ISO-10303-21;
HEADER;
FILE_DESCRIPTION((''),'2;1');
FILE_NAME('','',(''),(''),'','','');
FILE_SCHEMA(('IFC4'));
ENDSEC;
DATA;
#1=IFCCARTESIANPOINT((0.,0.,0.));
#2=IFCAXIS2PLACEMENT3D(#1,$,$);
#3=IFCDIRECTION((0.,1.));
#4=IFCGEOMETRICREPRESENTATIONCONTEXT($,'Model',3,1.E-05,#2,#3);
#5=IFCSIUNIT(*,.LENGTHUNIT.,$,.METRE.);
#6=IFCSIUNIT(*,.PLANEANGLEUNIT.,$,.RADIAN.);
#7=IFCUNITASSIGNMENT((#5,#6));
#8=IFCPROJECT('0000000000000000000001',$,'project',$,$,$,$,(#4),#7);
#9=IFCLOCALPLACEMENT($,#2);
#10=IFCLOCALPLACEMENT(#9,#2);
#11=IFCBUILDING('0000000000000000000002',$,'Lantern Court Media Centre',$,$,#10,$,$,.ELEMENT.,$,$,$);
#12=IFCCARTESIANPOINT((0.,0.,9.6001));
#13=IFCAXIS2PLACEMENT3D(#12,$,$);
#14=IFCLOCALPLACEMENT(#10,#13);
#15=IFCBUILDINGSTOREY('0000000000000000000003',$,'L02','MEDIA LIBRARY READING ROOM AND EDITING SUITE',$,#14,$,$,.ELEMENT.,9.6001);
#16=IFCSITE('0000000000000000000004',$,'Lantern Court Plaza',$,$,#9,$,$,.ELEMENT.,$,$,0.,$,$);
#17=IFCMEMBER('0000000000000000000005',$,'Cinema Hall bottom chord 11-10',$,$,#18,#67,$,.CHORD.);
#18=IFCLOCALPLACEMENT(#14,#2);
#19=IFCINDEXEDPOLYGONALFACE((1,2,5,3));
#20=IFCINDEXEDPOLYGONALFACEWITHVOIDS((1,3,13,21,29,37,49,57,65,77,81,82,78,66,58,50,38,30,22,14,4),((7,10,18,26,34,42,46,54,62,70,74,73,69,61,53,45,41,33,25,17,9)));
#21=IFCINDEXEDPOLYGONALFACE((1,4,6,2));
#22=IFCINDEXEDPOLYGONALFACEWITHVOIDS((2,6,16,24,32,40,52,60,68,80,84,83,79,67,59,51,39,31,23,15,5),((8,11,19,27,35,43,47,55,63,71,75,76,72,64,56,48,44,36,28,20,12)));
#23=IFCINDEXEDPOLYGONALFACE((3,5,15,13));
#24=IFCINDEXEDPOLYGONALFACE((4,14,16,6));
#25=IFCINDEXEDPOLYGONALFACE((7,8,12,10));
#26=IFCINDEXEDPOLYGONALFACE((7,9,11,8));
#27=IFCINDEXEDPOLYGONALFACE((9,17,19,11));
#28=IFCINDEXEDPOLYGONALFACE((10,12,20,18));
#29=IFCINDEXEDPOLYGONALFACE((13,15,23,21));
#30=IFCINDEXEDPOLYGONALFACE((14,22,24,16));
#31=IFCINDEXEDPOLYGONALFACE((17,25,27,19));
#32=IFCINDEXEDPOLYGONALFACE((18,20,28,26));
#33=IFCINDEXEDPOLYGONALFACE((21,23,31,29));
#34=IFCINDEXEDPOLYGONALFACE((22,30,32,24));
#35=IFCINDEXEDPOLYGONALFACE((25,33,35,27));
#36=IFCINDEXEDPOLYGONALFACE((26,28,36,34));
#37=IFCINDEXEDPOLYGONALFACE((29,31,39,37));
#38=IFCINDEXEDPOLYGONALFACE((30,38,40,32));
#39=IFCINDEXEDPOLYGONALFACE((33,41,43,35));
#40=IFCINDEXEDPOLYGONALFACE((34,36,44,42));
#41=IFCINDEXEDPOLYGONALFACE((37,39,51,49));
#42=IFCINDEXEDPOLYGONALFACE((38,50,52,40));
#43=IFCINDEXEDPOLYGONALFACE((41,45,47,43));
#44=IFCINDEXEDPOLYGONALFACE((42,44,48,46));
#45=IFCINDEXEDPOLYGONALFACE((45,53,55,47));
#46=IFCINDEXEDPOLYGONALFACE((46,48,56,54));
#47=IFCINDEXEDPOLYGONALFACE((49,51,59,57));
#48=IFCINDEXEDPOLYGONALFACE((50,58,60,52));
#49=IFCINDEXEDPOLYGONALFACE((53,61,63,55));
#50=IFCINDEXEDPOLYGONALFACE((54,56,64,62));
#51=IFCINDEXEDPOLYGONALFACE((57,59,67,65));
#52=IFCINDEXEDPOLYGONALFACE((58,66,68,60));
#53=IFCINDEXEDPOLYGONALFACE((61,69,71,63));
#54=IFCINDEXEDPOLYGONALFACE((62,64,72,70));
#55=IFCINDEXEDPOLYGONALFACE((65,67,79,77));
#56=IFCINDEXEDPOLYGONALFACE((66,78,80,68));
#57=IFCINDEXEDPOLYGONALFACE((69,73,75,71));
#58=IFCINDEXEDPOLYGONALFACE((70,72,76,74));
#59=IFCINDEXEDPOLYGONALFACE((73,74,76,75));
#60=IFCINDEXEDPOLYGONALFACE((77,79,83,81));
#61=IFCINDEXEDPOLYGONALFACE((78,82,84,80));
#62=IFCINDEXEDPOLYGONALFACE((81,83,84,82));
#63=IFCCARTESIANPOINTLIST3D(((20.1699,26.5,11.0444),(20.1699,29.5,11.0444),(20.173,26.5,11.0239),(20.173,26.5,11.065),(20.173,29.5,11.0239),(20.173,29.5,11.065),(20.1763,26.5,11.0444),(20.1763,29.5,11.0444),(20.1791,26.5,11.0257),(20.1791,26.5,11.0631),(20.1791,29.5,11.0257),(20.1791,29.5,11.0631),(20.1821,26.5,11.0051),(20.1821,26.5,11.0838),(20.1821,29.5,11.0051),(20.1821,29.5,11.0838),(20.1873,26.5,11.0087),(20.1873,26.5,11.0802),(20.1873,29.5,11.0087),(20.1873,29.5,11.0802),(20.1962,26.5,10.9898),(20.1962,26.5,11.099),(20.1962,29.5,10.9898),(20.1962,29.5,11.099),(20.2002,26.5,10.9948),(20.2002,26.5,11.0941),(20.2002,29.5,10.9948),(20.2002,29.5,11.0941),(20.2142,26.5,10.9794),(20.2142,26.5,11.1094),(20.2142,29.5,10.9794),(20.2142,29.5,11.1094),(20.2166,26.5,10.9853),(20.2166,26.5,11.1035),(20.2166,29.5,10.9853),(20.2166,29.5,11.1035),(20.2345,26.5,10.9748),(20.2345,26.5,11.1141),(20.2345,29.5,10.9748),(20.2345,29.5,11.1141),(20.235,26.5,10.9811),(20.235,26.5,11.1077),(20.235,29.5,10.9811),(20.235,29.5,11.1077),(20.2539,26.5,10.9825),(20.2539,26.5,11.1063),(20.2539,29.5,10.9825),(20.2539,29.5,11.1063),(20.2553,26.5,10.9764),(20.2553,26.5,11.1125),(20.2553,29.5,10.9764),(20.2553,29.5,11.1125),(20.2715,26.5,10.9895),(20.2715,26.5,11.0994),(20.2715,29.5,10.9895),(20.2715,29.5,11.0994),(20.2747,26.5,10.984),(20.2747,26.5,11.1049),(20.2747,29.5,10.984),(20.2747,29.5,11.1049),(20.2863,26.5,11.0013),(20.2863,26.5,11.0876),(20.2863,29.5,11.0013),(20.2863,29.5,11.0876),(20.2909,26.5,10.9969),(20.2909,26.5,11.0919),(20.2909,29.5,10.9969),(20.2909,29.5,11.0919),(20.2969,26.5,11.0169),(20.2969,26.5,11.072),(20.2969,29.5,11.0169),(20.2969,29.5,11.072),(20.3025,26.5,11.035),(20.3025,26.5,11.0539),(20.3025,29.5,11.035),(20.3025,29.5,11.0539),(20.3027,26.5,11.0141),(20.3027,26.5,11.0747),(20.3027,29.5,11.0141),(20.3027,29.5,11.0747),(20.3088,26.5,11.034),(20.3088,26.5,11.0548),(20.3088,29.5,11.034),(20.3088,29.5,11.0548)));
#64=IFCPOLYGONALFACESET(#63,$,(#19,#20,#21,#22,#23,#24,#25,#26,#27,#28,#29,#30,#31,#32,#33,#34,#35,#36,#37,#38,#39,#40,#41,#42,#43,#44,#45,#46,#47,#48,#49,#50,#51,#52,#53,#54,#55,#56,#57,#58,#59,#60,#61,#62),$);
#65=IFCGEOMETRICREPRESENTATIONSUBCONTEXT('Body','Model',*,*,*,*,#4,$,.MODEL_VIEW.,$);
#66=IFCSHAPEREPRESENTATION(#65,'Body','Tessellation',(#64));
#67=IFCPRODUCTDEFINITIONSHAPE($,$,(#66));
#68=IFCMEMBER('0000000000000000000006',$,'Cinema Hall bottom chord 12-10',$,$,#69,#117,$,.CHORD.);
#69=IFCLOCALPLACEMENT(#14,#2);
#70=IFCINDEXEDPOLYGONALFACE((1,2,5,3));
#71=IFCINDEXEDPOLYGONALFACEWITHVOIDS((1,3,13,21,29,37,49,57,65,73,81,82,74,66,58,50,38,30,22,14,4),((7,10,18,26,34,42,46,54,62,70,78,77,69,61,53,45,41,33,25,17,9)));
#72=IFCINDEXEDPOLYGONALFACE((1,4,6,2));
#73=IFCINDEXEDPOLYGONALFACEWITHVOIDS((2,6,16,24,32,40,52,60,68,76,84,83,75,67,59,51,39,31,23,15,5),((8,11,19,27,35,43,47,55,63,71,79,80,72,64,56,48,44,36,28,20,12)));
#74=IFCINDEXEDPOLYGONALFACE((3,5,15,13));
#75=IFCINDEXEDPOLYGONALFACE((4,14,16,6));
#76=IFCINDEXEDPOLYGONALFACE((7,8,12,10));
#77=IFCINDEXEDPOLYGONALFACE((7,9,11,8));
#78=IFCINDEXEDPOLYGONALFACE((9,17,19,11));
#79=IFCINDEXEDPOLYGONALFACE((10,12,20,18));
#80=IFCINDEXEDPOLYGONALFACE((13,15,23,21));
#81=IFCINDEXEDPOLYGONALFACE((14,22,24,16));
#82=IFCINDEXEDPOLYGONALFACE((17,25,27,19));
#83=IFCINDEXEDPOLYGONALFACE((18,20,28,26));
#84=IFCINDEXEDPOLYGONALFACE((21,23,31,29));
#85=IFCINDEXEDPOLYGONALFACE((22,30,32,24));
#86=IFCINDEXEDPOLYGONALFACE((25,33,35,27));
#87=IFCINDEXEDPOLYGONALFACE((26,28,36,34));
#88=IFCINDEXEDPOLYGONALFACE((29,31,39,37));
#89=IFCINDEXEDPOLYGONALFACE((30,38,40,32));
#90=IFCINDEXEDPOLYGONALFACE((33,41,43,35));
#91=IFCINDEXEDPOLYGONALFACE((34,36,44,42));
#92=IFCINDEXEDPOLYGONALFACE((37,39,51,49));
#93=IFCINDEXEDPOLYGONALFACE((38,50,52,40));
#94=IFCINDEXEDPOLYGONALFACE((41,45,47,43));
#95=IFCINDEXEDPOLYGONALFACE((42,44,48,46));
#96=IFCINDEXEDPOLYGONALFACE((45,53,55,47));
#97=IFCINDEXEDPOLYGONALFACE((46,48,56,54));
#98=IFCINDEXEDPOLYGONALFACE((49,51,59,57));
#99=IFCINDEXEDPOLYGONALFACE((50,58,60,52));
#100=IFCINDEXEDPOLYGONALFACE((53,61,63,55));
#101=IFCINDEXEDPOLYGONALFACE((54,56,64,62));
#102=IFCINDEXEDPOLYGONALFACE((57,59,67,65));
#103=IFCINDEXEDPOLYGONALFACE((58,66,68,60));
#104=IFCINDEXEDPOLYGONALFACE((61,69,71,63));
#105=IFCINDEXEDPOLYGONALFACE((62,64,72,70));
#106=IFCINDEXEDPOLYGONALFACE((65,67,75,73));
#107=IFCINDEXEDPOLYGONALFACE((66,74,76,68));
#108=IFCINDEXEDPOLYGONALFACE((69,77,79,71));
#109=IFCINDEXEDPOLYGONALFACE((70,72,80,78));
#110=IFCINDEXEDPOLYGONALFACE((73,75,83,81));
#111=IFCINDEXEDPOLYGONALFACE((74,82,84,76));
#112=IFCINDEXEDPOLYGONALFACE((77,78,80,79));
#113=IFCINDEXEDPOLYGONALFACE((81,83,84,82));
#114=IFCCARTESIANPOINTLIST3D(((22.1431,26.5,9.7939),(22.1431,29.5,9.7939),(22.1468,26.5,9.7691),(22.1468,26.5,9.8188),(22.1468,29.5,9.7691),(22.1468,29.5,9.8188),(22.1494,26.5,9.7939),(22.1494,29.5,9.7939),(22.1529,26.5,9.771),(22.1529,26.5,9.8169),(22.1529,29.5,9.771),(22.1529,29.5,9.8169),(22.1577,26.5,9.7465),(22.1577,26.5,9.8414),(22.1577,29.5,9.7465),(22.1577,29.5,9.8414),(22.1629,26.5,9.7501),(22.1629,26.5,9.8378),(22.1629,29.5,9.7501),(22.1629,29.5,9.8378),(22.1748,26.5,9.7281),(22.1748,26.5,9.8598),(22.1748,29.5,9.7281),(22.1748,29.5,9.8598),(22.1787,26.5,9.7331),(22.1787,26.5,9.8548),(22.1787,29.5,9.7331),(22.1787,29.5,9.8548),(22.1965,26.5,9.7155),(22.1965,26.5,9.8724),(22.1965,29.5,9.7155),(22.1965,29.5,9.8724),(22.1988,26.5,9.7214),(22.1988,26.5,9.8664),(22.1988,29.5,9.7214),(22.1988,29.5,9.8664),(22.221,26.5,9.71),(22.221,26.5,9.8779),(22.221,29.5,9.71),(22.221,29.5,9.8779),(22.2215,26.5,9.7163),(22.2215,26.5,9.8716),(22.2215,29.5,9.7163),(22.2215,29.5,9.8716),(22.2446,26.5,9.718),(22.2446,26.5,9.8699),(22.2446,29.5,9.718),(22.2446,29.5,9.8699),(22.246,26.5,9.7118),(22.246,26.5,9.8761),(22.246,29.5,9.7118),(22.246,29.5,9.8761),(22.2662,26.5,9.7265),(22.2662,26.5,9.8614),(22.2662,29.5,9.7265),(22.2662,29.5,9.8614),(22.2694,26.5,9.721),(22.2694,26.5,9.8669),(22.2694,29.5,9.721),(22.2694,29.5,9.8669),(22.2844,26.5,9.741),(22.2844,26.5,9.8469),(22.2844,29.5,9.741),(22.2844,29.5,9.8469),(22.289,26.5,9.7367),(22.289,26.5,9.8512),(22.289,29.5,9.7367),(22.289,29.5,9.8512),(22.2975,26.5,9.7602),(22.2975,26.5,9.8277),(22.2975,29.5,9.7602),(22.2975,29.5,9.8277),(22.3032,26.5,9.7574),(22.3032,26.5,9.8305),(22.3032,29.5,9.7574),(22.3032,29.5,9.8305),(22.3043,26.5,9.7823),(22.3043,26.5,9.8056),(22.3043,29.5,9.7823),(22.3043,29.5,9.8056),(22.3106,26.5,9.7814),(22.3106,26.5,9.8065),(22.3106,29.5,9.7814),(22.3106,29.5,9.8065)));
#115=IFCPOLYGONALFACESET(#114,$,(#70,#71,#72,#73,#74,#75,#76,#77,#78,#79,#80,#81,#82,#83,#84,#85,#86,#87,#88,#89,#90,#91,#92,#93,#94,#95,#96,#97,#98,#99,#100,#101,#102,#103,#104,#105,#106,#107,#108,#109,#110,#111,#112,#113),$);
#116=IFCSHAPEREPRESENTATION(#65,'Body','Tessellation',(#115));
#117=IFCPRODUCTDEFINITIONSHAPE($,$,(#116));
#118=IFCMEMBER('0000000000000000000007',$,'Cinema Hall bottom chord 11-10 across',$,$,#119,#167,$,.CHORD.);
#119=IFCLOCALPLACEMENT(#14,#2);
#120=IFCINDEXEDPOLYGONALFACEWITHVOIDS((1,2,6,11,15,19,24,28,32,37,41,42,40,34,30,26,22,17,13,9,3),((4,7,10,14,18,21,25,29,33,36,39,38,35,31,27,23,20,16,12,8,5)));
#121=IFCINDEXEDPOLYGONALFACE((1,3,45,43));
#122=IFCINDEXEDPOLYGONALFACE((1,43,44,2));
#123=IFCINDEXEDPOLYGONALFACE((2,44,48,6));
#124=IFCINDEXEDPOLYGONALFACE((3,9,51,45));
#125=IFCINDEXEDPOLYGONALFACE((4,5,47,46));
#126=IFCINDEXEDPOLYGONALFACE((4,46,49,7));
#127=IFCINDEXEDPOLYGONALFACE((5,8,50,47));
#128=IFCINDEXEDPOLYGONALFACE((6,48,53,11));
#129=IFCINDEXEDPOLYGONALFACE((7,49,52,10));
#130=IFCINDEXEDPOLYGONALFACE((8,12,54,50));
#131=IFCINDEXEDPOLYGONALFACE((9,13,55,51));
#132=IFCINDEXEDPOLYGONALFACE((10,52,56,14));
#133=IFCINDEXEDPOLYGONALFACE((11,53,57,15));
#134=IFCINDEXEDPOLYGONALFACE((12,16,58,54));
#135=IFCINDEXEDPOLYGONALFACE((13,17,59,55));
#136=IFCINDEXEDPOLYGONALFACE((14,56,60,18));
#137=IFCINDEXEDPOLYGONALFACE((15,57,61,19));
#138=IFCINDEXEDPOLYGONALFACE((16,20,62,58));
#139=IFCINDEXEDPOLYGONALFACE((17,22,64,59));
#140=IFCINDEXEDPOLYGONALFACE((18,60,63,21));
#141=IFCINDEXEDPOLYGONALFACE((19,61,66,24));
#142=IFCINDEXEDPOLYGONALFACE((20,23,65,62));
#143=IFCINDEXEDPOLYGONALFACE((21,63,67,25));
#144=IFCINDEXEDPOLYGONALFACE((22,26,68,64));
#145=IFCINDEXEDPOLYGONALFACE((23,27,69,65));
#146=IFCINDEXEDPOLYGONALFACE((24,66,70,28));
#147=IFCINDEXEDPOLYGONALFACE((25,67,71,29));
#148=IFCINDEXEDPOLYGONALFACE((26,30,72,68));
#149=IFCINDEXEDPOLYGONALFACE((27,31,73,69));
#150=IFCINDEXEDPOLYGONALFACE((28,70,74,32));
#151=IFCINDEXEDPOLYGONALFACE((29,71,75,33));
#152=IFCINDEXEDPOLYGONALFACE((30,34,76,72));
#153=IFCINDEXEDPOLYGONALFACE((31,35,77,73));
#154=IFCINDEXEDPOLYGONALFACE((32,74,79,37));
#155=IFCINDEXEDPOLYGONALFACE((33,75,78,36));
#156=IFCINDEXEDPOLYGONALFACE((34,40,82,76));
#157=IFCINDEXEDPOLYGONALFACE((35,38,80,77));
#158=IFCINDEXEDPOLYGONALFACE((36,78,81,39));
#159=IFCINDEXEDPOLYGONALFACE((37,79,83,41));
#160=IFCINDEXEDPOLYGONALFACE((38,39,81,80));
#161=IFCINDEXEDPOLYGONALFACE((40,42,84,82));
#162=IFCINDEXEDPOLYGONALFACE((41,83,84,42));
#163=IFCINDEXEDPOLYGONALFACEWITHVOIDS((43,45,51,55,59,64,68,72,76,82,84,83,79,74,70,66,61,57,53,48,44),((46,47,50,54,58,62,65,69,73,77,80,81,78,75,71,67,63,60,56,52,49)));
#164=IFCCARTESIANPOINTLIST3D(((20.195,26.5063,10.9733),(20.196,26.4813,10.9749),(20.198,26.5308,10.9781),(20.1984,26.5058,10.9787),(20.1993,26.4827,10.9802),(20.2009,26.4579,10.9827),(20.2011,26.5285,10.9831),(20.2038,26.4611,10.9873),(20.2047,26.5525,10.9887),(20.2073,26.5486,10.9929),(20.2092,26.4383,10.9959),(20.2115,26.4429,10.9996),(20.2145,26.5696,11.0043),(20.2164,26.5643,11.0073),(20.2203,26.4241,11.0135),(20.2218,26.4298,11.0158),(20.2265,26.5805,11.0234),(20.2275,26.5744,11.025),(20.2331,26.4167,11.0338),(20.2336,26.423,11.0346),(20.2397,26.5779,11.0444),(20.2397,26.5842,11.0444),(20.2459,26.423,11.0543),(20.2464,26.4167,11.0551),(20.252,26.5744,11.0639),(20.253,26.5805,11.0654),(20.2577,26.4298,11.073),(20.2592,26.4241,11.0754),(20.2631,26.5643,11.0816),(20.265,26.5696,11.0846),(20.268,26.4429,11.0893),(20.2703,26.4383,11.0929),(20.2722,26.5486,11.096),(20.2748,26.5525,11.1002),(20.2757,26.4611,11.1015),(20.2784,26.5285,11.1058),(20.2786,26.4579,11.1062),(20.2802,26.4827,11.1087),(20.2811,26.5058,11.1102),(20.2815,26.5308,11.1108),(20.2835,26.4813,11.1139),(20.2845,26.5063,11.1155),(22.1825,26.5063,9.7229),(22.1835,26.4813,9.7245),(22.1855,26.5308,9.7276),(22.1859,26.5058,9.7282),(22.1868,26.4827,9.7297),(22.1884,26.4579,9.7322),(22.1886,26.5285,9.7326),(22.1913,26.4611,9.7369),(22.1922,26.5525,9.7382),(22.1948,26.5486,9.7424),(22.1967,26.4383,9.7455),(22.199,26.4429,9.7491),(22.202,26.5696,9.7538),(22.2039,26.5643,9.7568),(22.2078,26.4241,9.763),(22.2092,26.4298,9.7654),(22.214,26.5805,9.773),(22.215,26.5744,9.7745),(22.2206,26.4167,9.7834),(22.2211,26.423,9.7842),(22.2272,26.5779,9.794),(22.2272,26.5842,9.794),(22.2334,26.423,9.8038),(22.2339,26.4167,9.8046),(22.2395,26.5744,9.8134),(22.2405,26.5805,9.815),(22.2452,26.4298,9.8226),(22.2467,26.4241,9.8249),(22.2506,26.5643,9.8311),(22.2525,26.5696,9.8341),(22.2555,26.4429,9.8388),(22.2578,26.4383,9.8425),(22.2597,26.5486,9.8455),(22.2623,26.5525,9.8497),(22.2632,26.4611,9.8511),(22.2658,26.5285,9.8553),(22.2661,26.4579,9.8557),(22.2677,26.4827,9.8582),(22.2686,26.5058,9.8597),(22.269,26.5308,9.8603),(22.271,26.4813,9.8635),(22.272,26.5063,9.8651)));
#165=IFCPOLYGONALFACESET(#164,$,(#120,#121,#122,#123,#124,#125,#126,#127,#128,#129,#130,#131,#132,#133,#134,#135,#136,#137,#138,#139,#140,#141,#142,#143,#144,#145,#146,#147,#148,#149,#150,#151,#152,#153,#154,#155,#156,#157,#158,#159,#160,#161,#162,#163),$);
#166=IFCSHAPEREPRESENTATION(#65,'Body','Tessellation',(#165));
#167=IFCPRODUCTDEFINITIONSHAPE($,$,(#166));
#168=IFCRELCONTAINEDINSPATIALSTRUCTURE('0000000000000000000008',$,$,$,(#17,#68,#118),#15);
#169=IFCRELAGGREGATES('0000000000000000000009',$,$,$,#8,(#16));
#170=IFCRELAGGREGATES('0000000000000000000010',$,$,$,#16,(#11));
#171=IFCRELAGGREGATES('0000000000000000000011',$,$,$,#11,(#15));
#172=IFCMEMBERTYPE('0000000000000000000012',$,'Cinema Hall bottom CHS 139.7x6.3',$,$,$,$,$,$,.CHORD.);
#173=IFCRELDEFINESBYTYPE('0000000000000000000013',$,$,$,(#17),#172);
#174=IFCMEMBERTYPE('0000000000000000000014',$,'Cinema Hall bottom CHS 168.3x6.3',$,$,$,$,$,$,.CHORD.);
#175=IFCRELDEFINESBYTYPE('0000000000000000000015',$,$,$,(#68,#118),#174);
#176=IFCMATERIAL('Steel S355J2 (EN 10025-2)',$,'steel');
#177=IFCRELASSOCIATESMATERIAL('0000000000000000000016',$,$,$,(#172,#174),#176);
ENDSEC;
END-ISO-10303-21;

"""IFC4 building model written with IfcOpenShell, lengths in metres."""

from ifc_helpers import new_model, si_unit, direction, frame, origin, origin_2d, place, context, subcontext, project, spatial, hollow_circle, extrude, material, material_profile, profile_set, type_object, element, save


model = new_model("IFC4")

# Units and contexts
model_context = context("Model", 3, precision=1e-05, world=origin(), true_north=direction((0.0, 1.0)))
body_context = subcontext(model_context, "Body", "Model", "MODEL_VIEW")
ifc_project = project(units=[si_unit("LENGTHUNIT", "METRE"), si_unit("PLANEANGLEUNIT", "RADIAN")], contexts=[model_context])

# Site, building, storey
site_placement = place(None, origin())
site = spatial("IfcSite", under=ifc_project, at=site_placement, Name="Lantern Court Plaza", CompositionType="ELEMENT", RefElevation=0.0)
building_placement = place(site_placement, origin())
building = spatial("IfcBuilding", under=site, at=building_placement, Name="Lantern Court Media Centre", CompositionType="ELEMENT")
storey_placement = place(building_placement, frame((0.0, 0.0, 9.6001)))
storey = spatial("IfcBuildingStorey", under=building, at=storey_placement, Name="L02", Description="MEDIA LIBRARY READING ROOM AND EDITING SUITE", CompositionType="ELEMENT", Elevation=9.6001)

# Members
ifc_material = material(Name="Steel S355J2 (EN 10025-2)", Category="steel")
ifc_material_profile_1 = material_profile(ifc_material, hollow_circle(Radius=0.0698, WallThickness=0.0063, at=origin_2d()), Name="Cinema Hall bottom CHS 139.7x6.3")
ifc_profile_set_1 = profile_set([ifc_material_profile_1], Name="Steel S355J2 (EN 10025-2)")
member_type_1 = type_object("IfcMemberType", Name="Cinema Hall bottom CHS 139.7x6.3", PredefinedType="CHORD", material=ifc_profile_set_1)
member_1_placement = place(storey_placement, frame((20.2397, 26.5, 11.0444), z_axis=(0.0, 1.0, 0.0), x_axis=(-1.0, 0.0, 0.0)))
element("IfcMember", 1, at=member_1_placement, inside=storey, type_object=member_type_1, Name="Cinema Hall bottom chord 11-10", PredefinedType="CHORD", context=body_context, shape_type="SweptSolid", body=[
    extrude(hollow_circle(Radius=0.0698, WallThickness=0.0063, at=origin_2d()), origin(), (0.0, 0.0, 1.0), 3.0),
])
ifc_material_profile_2 = material_profile(ifc_material, hollow_circle(Radius=0.0842, WallThickness=0.0063, at=origin_2d()), Name="Cinema Hall bottom CHS 168.3x6.3")
ifc_profile_set_2 = profile_set([ifc_material_profile_2], Name="Steel S355J2 (EN 10025-2)")
member_type_2 = type_object("IfcMemberType", Name="Cinema Hall bottom CHS 168.3x6.3", PredefinedType="CHORD", material=ifc_profile_set_2)
member_2_placement = place(storey_placement, frame((22.2273, 26.5, 9.7939), z_axis=(0.0, 1.0, 0.0), x_axis=(-1.0, 0.0, 0.0)))
element("IfcMember", 2, at=member_2_placement, inside=storey, type_object=member_type_2, Name="Cinema Hall bottom chord 12-10", PredefinedType="CHORD", context=body_context, shape_type="SweptSolid", body=[
    extrude(hollow_circle(Radius=0.0842, WallThickness=0.0063, at=origin_2d()), origin(), (0.0, 0.0, 1.0), 3.0),
])
member_3_placement = place(storey_placement, frame((20.2397, 26.5, 11.0444), z_axis=(0.846412, 0.0, -0.532529), x_axis=(0.0, 1.0, 0.0)))
element("IfcMember", 3, at=member_3_placement, inside=storey, type_object=member_type_2, Name="Cinema Hall bottom chord 11-10 across", PredefinedType="CHORD", context=body_context, shape_type="SweptSolid", body=[
    extrude(hollow_circle(Radius=0.0842, WallThickness=0.0063, at=origin_2d()), origin(), (0.0, 0.0, 1.0), 2.3481),
])

save(model, "model.ifc")
